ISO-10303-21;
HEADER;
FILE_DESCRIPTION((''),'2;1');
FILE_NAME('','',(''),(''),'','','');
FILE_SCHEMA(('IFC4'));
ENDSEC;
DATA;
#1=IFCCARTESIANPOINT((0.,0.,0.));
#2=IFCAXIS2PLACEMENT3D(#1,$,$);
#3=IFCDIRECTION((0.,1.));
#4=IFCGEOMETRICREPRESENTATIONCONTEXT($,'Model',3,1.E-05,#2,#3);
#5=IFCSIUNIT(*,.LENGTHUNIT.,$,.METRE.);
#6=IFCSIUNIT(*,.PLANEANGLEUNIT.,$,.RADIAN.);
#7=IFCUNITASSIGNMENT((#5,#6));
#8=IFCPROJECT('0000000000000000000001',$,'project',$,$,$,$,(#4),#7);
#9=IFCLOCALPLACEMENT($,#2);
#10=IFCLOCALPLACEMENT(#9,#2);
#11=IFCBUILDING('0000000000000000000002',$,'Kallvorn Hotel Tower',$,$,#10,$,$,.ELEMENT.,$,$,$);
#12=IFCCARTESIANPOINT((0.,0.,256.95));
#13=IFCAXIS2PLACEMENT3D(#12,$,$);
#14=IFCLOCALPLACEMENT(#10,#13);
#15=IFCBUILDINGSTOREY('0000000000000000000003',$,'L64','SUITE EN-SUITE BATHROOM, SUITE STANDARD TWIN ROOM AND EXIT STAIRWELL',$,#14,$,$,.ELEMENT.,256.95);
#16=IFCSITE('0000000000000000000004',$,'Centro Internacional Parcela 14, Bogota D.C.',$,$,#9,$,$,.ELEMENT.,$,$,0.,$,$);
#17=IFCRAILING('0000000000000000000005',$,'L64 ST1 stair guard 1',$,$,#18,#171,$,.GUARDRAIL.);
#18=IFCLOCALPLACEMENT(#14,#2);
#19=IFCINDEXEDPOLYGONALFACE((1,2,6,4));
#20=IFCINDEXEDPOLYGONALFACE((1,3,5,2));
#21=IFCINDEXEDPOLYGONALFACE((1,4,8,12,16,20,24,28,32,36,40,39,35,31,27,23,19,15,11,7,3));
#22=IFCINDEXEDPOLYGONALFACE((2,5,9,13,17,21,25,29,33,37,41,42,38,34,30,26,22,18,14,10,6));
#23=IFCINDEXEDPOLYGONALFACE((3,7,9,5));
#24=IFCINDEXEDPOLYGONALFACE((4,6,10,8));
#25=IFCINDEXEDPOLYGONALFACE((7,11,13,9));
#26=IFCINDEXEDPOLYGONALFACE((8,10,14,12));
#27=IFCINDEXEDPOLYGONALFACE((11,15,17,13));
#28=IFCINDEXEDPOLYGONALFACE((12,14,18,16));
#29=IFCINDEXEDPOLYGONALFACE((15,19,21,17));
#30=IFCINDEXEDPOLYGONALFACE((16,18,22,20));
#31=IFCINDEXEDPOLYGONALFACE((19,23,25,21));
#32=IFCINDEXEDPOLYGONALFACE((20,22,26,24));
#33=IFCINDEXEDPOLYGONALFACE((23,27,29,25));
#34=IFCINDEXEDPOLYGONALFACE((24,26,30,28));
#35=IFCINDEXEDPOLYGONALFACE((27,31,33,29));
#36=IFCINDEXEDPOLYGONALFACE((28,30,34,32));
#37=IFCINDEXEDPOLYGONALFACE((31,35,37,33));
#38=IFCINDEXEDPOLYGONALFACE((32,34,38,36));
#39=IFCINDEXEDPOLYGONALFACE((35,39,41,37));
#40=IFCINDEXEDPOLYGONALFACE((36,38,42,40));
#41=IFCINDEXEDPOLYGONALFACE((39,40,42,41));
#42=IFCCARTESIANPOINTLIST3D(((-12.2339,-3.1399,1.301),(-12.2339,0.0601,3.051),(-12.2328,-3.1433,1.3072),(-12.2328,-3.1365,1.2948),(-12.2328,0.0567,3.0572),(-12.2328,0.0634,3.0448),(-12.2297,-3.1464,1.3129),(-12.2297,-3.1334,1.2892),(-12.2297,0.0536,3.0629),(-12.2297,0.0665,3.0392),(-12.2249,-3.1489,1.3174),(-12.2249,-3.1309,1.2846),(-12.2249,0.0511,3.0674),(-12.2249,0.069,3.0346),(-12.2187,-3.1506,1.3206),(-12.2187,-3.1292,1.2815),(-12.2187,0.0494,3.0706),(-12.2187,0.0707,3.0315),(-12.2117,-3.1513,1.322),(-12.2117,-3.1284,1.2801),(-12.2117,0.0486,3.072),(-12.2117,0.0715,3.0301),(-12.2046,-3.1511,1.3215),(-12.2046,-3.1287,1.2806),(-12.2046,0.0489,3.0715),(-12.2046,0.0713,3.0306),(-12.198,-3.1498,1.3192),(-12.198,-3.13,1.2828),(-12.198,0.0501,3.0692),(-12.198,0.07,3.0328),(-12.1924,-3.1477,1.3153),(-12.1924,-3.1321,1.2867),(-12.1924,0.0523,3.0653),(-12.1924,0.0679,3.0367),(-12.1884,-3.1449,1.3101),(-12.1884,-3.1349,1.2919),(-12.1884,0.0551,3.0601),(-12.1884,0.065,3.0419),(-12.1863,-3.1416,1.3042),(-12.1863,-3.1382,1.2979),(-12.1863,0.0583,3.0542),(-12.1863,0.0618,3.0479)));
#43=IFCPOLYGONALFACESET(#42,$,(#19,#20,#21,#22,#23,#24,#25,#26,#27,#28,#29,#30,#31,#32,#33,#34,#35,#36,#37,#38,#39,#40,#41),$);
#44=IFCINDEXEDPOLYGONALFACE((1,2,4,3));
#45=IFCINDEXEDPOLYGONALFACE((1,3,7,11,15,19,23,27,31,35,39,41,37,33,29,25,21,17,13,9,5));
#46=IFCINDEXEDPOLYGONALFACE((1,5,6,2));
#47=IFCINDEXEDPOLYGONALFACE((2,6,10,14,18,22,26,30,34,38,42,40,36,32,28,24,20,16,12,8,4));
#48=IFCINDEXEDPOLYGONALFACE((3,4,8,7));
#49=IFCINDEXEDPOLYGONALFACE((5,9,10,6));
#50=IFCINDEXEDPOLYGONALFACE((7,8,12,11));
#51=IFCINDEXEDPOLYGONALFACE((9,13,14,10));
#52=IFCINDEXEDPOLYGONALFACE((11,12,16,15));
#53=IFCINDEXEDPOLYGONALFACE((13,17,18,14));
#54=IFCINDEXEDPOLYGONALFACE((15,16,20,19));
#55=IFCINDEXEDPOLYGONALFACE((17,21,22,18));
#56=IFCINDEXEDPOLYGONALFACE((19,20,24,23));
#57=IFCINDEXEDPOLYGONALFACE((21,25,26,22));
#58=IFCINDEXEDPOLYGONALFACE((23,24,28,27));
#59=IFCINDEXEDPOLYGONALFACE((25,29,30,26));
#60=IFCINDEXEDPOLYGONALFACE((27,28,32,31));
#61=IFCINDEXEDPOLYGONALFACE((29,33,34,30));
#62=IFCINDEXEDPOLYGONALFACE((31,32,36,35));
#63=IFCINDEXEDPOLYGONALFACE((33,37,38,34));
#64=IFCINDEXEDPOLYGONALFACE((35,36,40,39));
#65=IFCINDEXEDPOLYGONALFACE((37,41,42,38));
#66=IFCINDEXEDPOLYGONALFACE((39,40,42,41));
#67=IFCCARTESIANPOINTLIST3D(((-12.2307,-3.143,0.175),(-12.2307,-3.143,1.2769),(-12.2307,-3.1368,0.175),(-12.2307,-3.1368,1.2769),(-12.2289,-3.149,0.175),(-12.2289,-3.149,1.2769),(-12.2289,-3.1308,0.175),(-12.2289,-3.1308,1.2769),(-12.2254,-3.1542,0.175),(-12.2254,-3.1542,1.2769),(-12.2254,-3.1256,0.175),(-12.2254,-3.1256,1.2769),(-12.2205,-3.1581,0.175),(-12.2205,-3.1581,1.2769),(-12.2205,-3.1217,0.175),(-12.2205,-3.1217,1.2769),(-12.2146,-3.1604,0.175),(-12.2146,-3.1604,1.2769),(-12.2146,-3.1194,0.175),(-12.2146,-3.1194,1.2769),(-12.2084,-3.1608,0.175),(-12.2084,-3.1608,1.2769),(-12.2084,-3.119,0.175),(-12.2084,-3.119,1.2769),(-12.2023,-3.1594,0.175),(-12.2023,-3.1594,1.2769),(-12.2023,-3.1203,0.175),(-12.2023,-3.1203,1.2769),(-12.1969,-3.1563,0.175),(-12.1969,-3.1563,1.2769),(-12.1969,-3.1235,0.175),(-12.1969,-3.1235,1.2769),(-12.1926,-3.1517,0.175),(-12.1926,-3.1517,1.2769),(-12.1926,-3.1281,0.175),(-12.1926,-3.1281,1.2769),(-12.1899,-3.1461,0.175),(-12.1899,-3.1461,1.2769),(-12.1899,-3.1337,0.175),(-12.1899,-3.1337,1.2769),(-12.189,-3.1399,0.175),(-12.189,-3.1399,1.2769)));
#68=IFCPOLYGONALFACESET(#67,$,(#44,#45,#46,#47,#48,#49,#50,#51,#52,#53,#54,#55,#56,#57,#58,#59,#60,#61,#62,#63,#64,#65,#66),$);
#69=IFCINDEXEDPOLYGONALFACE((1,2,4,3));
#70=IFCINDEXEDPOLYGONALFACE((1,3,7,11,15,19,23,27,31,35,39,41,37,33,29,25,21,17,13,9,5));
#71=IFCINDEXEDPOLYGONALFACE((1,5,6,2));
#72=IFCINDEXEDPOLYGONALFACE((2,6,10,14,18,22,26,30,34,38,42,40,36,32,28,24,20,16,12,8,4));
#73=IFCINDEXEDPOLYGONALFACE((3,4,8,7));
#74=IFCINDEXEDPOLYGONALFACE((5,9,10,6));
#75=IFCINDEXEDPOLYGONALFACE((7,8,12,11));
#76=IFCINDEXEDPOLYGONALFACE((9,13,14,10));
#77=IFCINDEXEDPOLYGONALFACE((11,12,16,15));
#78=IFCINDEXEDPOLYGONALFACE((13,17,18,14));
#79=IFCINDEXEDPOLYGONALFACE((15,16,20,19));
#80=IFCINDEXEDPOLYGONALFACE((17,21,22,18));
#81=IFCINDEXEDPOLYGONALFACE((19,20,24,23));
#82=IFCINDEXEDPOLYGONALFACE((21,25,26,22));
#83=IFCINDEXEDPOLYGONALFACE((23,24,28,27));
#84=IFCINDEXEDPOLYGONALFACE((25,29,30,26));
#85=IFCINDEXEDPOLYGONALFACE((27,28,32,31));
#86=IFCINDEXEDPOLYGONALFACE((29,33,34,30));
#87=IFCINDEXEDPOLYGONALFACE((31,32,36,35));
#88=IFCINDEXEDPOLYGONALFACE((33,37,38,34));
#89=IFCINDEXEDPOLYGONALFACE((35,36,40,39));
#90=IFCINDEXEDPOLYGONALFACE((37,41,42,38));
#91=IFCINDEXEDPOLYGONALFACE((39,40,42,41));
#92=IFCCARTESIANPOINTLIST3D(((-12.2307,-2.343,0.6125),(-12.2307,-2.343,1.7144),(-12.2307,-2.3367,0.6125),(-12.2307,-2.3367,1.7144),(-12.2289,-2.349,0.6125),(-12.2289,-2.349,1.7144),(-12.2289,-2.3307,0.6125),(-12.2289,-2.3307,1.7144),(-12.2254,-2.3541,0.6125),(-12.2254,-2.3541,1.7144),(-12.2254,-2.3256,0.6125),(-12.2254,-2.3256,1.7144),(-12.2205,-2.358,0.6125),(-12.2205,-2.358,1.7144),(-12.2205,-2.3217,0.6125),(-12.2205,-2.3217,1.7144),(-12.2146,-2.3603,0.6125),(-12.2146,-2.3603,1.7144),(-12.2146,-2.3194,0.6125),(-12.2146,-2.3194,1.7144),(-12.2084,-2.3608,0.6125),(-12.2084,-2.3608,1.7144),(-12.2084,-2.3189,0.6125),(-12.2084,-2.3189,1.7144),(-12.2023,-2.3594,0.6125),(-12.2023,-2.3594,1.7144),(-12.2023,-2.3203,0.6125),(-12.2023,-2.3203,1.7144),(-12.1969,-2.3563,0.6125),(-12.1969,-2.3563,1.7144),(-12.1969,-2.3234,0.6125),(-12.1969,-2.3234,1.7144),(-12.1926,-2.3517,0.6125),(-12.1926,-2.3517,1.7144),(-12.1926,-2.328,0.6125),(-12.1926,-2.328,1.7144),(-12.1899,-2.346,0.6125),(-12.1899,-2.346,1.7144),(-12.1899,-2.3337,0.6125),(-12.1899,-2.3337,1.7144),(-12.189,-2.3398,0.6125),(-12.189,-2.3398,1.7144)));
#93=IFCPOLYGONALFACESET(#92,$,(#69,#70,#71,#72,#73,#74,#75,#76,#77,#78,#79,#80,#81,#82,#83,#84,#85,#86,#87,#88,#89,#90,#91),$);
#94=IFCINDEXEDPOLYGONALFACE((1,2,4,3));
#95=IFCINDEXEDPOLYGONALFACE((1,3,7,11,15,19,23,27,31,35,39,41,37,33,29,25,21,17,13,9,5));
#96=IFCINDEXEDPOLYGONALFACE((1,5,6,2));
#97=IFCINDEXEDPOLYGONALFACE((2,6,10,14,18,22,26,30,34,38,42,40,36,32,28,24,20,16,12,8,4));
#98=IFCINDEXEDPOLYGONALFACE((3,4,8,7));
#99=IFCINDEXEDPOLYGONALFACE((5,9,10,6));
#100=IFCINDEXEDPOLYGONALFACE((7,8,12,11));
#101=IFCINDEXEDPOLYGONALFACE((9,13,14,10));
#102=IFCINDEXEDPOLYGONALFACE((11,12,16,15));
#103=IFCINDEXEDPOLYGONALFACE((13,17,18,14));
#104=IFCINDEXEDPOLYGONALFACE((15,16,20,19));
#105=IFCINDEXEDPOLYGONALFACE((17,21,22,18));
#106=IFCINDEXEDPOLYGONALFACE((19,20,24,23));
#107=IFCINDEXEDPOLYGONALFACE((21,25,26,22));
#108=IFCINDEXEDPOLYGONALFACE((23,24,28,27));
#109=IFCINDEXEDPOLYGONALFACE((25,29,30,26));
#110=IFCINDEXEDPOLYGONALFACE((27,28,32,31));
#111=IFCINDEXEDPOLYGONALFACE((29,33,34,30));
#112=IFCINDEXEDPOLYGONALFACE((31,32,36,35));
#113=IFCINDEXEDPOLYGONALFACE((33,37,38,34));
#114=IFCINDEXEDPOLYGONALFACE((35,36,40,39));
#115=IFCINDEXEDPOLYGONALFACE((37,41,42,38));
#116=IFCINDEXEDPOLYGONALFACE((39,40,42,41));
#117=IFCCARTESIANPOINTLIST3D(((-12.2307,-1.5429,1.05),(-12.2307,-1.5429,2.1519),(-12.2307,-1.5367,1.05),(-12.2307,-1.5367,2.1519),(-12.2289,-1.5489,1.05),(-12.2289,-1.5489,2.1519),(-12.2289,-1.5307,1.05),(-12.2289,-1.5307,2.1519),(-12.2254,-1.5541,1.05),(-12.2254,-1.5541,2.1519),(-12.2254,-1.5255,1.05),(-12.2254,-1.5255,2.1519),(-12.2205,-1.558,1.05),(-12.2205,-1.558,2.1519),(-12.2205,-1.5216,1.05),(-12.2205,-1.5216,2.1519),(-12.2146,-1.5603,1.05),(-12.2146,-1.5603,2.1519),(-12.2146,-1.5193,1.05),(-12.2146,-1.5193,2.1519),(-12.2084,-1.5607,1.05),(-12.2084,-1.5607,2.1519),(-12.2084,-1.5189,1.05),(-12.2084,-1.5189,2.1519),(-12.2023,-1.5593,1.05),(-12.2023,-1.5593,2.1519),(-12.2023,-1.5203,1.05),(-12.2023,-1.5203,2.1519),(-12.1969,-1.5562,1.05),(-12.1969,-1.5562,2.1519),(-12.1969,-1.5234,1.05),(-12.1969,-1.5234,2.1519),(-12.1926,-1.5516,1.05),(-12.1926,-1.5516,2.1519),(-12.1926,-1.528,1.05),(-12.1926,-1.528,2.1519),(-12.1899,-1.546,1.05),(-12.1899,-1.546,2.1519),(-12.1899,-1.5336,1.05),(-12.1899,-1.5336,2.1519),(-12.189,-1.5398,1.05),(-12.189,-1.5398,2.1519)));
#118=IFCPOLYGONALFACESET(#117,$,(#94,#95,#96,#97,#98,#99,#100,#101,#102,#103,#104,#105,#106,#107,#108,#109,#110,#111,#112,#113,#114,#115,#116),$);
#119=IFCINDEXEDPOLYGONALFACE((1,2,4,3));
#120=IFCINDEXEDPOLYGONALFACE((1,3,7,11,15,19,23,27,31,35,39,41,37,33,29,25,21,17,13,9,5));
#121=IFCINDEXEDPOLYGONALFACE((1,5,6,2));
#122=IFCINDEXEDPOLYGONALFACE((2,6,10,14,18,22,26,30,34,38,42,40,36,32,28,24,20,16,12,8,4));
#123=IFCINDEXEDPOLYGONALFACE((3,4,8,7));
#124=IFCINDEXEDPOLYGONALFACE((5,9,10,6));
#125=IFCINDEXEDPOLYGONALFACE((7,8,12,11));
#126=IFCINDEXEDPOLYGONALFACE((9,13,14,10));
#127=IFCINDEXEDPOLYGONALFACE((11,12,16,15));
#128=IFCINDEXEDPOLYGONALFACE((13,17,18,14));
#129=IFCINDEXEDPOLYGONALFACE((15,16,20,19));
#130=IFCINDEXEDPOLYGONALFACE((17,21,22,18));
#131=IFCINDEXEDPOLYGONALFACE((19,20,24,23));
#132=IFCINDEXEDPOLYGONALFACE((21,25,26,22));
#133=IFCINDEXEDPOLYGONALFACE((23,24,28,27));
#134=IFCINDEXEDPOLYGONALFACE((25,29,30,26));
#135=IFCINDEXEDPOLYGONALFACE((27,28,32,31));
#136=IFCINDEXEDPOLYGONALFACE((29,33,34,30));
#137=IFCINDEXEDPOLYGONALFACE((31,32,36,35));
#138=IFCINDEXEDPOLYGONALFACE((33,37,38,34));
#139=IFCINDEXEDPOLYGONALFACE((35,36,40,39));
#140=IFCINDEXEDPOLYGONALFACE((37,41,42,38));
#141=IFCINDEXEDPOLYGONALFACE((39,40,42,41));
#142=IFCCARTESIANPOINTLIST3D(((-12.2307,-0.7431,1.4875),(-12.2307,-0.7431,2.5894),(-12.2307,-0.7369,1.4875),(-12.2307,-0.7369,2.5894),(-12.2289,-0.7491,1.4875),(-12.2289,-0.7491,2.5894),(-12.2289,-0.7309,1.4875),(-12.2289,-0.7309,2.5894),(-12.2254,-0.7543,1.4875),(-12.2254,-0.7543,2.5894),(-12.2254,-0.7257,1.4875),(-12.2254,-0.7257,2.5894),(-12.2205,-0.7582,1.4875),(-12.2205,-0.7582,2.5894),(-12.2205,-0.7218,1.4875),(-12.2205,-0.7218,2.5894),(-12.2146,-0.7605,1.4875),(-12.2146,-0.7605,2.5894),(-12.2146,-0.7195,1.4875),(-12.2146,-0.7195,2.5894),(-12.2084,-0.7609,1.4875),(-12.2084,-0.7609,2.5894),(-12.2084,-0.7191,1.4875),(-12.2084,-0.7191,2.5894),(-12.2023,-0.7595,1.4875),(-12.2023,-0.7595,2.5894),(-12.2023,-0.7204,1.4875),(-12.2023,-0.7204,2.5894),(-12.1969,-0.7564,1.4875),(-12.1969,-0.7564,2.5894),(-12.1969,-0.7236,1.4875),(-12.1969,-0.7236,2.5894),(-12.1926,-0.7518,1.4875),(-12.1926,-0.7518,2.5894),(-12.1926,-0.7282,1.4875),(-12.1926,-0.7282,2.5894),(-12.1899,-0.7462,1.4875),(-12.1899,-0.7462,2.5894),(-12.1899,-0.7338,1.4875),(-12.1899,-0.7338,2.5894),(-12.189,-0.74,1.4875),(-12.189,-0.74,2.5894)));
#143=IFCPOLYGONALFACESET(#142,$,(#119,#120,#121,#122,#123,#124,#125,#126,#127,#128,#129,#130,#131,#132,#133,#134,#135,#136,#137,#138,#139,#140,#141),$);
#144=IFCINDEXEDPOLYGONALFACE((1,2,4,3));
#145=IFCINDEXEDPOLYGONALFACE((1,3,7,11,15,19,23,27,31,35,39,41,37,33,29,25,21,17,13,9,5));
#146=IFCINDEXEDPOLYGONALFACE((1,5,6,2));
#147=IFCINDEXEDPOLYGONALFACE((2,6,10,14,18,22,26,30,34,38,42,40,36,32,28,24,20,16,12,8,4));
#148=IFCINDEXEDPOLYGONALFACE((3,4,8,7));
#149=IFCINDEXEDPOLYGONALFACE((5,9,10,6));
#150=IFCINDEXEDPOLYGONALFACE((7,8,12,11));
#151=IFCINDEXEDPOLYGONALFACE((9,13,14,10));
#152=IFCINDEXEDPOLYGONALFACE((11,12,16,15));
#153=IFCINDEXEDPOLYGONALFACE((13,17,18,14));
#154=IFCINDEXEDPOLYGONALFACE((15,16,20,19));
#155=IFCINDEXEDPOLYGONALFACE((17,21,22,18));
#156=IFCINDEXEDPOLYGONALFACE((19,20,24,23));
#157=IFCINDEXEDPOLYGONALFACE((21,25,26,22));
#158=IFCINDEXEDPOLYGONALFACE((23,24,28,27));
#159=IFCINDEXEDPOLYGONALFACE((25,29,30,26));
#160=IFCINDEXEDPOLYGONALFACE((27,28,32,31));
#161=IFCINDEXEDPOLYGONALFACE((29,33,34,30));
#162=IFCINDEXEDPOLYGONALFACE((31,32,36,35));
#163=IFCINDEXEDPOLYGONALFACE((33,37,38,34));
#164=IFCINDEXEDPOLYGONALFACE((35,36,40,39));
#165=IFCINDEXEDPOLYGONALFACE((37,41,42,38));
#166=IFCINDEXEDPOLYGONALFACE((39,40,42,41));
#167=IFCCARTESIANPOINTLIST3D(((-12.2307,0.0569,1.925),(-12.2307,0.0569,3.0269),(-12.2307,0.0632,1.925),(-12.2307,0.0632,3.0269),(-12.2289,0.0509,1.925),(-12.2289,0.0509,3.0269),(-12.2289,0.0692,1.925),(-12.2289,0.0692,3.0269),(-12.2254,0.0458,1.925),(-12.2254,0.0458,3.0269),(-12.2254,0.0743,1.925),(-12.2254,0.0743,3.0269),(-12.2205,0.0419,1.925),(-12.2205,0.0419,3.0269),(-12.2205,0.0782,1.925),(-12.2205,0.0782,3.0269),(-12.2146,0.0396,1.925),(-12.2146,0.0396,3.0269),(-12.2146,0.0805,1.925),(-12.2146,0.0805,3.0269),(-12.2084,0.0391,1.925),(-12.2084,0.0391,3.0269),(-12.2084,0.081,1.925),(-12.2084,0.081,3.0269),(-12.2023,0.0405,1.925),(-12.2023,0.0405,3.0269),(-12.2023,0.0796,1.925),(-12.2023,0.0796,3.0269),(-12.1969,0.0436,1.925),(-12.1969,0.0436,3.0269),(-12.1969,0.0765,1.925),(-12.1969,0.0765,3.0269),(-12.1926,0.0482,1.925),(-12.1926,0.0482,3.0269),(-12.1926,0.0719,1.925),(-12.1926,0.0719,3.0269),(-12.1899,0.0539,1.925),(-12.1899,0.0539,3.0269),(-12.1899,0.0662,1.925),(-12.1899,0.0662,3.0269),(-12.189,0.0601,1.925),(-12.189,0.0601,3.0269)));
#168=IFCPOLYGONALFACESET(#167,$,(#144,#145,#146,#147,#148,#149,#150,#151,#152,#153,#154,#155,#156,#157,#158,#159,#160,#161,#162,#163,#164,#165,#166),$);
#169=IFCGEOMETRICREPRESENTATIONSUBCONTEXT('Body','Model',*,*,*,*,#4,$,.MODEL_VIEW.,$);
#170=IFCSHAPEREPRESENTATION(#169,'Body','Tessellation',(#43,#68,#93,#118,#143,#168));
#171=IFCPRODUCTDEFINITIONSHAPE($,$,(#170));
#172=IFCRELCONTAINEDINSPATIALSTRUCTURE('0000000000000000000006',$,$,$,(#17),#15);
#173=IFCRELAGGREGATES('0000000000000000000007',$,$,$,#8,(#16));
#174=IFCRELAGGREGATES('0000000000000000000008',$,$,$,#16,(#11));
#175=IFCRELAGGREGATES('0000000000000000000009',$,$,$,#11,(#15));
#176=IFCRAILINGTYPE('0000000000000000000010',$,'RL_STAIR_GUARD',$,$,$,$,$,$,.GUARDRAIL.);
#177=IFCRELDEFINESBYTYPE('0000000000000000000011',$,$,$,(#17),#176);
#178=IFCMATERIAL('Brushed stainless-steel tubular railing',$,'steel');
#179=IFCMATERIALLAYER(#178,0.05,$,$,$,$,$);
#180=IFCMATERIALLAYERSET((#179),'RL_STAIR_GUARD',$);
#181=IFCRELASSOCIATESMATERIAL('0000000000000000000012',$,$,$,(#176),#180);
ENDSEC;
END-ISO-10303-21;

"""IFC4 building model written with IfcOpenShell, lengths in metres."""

from ifc_helpers import new_model, si_unit, direction, frame, origin, origin_2d, place, context, subcontext, project, spatial, circle, extrude, material, layer, layer_set, type_object, element, save


model = new_model("IFC4")

# Units and contexts
model_context = context("Model", 3, precision=1e-05, world=origin(), true_north=direction((0.0, 1.0)))
body_context = subcontext(model_context, "Body", "Model", "MODEL_VIEW")
ifc_project = project(units=[si_unit("LENGTHUNIT", "METRE"), si_unit("PLANEANGLEUNIT", "RADIAN")], contexts=[model_context])

# Site, building, storey
site_placement = place(None, origin())
site = spatial("IfcSite", under=ifc_project, at=site_placement, Name="Centro Internacional Parcela 14, Bogota D.C.", CompositionType="ELEMENT", RefElevation=0.0)
building_placement = place(site_placement, origin())
building = spatial("IfcBuilding", under=site, at=building_placement, Name="Kallvorn Hotel Tower", CompositionType="ELEMENT")
storey_placement = place(building_placement, frame((0.0, 0.0, 256.95)))
storey = spatial("IfcBuildingStorey", under=building, at=storey_placement, Name="L64", Description="SUITE EN-SUITE BATHROOM, SUITE STANDARD TWIN ROOM AND EXIT STAIRWELL", CompositionType="ELEMENT", Elevation=256.95)

# Railing
ifc_material_1 = material(Name="Brushed stainless-steel tubular railing", Category="steel")
ifc_layer_1 = layer(ifc_material_1, 0.05)
ifc_layer_set_1 = layer_set([ifc_layer_1], Name="RL_STAIR_GUARD")
railing_type_1 = type_object("IfcRailingType", Name="RL_STAIR_GUARD", PredefinedType="GUARDRAIL", material=ifc_layer_set_1)
railing_1_placement = place(storey_placement, frame((-12.21, -3.1399, 0.175)))
element("IfcRailing", 1, at=railing_1_placement, inside=storey, type_object=railing_type_1, Name="L64 ST1 stair guard 1", PredefinedType="GUARDRAIL", context=body_context, shape_type="SweptSolid", body=[
    extrude(circle(Radius=0.0239, at=origin_2d()), frame((0.0, 0.0, 1.126), z_axis=(0.0, 0.877368, 0.479818), x_axis=(-1.0, 0.0, 0.0)), (0.0, 0.0, 1.0), 3.6472),
    extrude(circle(Radius=0.021, at=origin_2d()), origin(), (0.0, 0.0, 1.0), 1.1018),
    extrude(circle(Radius=0.021, at=origin_2d()), frame((0.0, 0.8, 0.4375)), (0.0, 0.0, 1.0), 1.1018),
    extrude(circle(Radius=0.021, at=origin_2d()), frame((0.0, 1.6001, 0.875)), (0.0, 0.0, 1.0), 1.1018),
    extrude(circle(Radius=0.021, at=origin_2d()), frame((0.0, 2.3999, 1.3125)), (0.0, 0.0, 1.0), 1.1018),
    extrude(circle(Radius=0.021, at=origin_2d()), frame((0.0, 3.2, 1.75)), (0.0, 0.0, 1.0), 1.1018),
])

save(model, "model.ifc")
